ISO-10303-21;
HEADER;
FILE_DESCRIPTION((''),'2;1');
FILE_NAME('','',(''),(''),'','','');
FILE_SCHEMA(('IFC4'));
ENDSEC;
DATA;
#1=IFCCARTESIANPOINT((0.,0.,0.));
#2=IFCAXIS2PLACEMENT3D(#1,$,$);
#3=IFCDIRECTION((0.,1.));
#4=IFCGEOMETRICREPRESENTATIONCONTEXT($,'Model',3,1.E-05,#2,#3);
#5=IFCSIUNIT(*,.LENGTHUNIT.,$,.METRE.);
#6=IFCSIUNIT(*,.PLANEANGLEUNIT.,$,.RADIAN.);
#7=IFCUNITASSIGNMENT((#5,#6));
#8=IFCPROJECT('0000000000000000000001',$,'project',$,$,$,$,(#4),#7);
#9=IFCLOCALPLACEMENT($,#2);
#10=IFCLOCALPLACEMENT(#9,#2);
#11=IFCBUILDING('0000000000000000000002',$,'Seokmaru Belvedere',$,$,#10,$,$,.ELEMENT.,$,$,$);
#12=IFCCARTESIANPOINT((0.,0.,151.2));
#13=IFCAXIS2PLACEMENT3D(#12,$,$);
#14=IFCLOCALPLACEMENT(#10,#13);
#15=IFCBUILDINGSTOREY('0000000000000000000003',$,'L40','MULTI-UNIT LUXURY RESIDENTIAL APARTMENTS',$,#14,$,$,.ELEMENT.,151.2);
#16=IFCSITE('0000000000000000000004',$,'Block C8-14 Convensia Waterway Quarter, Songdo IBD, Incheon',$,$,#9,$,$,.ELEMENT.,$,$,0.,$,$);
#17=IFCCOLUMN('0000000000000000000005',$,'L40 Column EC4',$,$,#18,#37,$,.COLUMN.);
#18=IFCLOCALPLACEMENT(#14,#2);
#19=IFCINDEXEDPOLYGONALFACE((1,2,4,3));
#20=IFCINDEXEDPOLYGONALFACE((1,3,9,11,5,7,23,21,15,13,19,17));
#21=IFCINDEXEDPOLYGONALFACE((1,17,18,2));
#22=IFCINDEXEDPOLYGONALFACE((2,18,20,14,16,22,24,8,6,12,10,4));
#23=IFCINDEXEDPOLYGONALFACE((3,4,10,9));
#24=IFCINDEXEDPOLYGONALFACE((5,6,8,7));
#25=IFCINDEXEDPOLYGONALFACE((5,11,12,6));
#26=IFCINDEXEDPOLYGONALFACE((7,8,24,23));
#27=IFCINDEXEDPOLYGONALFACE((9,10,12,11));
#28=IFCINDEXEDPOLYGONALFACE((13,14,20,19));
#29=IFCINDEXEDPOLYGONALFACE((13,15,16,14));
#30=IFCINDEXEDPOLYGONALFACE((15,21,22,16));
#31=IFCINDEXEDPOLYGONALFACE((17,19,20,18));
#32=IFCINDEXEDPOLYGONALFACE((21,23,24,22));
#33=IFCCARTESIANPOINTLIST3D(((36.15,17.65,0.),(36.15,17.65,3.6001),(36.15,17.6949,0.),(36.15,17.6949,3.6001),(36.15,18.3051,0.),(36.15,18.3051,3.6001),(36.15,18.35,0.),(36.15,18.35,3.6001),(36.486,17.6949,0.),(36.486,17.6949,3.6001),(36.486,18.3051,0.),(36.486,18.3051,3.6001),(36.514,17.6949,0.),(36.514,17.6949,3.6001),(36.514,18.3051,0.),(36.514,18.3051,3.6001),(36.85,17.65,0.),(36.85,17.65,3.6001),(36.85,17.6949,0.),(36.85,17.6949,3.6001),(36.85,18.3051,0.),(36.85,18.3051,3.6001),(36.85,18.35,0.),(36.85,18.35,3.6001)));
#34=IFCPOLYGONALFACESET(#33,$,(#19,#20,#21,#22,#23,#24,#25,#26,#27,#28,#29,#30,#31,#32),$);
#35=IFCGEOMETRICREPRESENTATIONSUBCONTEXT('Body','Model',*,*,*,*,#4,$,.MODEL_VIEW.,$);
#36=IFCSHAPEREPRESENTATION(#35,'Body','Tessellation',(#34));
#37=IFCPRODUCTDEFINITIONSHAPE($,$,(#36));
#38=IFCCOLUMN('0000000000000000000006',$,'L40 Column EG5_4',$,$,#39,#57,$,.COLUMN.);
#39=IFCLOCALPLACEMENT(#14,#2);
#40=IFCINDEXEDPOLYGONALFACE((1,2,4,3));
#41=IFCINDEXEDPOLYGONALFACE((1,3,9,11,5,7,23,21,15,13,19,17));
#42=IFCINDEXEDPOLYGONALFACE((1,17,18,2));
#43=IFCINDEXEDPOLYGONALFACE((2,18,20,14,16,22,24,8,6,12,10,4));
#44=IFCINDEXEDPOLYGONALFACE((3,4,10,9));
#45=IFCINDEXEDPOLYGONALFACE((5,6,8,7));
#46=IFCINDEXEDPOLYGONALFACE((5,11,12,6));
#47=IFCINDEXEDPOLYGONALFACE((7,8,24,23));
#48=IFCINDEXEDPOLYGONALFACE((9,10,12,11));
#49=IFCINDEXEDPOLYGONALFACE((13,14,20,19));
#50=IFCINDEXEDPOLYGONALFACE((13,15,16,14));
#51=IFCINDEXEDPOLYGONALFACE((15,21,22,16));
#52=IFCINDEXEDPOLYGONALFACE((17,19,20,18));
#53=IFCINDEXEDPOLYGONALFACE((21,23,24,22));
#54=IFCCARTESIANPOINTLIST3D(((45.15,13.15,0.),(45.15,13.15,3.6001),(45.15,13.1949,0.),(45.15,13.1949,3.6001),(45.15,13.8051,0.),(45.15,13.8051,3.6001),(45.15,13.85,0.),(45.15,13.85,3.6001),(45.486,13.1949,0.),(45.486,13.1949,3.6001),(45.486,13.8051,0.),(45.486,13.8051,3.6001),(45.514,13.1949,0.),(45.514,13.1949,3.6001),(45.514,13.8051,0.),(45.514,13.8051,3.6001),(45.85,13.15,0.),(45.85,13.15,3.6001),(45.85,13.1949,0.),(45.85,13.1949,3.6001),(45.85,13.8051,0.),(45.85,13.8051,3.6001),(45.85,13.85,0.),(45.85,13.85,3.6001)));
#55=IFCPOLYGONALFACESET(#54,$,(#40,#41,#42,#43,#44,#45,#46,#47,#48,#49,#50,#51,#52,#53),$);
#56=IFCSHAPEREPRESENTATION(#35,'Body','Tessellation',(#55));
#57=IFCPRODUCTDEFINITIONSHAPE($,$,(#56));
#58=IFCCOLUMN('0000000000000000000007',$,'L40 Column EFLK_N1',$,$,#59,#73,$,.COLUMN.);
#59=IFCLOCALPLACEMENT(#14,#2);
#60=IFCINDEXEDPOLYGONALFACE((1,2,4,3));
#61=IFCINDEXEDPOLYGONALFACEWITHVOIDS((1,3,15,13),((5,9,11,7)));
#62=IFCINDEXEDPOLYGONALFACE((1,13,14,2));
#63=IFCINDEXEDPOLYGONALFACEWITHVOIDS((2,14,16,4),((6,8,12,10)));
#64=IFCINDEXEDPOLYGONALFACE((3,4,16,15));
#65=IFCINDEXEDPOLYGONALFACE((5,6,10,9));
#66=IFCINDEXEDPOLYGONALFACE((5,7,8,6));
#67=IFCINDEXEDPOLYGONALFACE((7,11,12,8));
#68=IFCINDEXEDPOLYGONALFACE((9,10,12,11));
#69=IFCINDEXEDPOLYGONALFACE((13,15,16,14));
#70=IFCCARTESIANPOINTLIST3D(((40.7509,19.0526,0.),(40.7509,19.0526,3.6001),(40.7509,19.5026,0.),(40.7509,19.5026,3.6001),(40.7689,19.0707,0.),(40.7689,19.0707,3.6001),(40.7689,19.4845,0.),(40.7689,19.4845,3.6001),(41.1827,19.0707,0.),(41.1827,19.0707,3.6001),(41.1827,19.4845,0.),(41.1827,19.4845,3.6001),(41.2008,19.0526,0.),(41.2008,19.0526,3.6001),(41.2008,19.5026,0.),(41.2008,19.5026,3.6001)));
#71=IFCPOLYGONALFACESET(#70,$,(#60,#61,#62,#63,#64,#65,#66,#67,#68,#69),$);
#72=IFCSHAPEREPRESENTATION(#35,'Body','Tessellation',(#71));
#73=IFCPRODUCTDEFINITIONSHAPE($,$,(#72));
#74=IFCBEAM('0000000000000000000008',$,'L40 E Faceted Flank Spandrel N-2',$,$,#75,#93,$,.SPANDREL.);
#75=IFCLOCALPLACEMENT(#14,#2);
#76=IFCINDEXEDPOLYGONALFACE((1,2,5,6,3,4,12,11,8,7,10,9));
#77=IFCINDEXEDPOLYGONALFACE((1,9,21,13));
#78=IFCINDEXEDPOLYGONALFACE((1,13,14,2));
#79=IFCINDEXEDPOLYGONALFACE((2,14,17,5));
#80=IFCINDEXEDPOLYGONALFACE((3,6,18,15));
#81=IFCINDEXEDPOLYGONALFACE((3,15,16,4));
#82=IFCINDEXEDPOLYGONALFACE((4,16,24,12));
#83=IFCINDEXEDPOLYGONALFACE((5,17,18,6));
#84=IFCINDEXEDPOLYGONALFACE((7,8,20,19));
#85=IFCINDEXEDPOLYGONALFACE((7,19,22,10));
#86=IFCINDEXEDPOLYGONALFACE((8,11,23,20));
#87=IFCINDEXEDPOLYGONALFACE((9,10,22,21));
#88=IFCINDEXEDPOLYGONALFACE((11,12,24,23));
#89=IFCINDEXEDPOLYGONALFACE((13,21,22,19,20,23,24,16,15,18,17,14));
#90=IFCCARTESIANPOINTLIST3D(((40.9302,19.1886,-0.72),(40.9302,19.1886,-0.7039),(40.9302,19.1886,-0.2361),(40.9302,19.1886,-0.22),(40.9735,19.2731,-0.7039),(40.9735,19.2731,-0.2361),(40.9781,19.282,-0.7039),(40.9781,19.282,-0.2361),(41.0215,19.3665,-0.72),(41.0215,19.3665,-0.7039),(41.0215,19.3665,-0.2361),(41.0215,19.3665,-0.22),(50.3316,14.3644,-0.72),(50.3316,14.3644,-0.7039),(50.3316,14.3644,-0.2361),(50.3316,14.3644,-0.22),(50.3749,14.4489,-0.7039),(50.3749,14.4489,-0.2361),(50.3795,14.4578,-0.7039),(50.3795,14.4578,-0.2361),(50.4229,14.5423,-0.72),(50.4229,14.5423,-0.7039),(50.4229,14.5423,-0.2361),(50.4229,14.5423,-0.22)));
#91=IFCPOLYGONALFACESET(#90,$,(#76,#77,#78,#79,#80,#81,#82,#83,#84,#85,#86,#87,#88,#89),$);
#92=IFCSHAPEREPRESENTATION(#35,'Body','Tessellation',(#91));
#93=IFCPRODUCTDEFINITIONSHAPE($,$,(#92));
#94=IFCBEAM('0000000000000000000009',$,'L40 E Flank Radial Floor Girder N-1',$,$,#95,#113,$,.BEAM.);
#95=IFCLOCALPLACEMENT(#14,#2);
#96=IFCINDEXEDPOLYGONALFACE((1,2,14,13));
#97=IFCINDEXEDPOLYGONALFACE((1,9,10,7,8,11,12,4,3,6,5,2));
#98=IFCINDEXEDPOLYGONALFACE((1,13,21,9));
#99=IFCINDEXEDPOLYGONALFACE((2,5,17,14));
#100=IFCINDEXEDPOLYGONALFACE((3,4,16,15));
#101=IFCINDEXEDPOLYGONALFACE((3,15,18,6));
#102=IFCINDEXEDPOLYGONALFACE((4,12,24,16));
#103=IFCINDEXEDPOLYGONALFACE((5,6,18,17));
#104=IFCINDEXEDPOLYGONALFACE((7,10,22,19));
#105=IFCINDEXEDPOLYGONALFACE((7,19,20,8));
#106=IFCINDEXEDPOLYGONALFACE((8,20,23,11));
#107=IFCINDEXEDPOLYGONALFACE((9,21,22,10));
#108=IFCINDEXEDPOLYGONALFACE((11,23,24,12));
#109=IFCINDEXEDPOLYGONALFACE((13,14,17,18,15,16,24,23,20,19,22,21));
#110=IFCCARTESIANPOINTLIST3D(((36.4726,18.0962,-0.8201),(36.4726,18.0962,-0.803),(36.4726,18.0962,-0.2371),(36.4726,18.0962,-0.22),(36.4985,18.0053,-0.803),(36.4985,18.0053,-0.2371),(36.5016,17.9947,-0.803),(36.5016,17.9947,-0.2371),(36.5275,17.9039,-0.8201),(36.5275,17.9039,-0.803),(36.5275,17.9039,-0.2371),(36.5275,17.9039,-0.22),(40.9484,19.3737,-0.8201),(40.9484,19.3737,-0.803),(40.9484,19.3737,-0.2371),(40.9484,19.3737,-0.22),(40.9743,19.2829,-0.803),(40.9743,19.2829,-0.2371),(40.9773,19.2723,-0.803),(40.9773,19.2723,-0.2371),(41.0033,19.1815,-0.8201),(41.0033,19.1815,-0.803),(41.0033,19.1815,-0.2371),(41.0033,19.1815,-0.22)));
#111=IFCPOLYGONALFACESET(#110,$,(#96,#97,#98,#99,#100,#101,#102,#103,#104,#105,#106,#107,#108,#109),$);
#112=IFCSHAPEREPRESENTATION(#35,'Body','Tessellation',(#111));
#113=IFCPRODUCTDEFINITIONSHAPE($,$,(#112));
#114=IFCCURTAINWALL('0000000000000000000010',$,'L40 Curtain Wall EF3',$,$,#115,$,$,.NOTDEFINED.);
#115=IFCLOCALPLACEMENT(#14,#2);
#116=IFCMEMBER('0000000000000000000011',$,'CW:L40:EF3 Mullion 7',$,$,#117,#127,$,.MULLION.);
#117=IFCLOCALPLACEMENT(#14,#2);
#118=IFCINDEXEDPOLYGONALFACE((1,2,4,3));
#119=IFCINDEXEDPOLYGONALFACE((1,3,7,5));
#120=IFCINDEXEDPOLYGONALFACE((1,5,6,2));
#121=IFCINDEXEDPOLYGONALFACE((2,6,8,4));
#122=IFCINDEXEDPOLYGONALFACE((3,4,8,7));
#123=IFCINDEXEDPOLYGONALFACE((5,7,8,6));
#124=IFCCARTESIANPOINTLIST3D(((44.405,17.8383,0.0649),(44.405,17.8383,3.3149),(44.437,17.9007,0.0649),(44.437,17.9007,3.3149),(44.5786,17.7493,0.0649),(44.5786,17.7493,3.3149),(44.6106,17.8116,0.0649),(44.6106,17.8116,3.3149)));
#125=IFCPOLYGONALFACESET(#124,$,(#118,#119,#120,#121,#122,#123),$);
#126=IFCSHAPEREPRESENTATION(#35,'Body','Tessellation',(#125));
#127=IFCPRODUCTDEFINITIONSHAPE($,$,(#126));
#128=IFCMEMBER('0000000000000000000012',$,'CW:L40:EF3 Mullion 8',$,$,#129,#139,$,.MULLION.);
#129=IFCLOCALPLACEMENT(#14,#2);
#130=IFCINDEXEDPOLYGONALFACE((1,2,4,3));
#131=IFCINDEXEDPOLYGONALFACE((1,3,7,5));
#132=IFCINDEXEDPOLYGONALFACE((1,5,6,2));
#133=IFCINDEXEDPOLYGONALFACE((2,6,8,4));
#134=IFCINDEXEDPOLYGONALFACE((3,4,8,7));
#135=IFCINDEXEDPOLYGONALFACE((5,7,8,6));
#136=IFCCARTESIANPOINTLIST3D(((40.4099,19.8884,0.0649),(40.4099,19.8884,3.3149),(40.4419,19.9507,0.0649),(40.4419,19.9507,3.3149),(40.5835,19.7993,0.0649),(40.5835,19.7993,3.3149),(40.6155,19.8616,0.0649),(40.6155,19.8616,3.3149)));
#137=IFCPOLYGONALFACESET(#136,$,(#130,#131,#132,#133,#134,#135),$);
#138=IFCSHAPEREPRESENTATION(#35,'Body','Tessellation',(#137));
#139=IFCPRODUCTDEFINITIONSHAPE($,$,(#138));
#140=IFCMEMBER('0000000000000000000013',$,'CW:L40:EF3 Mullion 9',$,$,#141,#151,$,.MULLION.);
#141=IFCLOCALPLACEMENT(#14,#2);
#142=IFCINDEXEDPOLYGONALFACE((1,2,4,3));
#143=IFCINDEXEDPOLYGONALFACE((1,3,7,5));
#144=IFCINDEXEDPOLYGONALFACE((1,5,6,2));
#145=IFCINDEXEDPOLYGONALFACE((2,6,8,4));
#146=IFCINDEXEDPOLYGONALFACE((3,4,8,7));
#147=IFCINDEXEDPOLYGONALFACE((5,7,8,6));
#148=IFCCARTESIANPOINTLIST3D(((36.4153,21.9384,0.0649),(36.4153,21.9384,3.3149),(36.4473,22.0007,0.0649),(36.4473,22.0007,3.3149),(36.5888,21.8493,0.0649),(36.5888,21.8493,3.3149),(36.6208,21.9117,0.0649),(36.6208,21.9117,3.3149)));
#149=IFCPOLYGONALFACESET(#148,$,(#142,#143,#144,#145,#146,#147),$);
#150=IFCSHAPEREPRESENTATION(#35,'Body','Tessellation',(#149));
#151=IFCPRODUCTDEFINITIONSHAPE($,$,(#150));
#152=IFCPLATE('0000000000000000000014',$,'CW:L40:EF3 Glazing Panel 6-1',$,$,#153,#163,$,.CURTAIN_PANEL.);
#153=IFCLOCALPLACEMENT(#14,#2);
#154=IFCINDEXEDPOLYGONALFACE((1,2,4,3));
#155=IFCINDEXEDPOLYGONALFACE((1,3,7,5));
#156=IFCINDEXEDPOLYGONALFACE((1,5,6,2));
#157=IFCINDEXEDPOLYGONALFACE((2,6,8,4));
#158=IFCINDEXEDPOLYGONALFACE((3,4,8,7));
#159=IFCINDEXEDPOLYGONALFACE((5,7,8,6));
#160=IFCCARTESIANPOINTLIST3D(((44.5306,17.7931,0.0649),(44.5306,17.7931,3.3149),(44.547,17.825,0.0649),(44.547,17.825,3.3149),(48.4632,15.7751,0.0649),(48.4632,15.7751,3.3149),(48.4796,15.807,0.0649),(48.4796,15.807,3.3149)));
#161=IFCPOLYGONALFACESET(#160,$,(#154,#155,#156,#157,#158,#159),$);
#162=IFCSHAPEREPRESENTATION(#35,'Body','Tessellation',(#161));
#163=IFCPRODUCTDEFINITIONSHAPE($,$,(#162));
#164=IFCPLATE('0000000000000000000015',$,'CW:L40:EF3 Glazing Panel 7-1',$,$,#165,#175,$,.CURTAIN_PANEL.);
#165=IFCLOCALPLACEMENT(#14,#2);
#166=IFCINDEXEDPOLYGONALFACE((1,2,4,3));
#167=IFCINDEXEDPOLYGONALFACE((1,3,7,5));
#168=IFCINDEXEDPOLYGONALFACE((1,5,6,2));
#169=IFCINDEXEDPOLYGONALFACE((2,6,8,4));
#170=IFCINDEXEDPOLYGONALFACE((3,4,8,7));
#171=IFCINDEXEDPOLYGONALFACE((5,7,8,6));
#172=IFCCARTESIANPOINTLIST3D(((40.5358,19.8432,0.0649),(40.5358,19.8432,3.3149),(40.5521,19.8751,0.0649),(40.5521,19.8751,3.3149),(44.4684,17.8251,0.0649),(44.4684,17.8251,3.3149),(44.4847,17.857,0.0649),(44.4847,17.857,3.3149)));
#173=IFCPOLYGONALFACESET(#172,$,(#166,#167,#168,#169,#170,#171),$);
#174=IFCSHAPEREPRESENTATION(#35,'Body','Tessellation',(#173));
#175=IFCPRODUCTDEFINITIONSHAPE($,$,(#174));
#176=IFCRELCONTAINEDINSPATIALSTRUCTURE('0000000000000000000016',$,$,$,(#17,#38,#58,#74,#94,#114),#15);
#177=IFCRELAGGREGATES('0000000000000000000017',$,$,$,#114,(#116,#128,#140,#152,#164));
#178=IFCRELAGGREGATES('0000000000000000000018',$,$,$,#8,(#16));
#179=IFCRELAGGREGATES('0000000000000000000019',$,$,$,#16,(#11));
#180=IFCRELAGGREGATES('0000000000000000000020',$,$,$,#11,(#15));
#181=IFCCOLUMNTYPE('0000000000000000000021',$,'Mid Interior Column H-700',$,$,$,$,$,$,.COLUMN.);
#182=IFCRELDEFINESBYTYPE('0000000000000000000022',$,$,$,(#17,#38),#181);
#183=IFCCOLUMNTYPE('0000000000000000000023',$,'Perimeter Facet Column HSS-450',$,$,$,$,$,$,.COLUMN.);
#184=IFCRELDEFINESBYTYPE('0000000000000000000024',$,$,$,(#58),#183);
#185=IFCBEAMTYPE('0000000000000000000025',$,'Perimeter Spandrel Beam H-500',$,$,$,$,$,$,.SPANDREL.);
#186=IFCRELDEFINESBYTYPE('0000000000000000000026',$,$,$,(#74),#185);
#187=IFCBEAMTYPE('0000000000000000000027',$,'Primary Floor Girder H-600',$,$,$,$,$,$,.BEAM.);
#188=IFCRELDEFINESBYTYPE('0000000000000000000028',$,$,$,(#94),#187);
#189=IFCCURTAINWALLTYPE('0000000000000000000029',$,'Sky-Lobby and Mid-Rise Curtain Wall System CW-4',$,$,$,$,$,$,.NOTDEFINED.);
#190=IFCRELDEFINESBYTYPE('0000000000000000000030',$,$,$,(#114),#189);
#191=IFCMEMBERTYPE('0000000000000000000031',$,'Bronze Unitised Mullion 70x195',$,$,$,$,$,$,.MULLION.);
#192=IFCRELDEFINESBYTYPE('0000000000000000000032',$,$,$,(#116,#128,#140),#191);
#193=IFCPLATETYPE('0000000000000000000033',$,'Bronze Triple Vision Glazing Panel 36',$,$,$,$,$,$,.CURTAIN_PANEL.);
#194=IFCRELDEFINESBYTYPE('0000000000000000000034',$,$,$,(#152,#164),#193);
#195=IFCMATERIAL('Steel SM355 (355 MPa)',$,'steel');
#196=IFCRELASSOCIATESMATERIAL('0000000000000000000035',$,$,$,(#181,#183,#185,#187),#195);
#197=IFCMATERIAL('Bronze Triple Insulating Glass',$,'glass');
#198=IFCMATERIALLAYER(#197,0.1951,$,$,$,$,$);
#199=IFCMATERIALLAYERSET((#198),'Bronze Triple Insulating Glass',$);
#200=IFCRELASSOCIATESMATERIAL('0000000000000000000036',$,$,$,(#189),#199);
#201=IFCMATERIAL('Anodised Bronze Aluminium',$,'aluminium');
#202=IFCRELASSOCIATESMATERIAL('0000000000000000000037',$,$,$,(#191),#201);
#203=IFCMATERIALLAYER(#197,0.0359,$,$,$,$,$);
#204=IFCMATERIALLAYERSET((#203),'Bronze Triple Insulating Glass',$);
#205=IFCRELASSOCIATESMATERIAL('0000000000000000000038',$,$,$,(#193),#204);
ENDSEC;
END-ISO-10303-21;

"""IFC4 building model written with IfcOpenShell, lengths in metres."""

from ifc_helpers import new_model, si_unit, direction, frame, origin, origin_2d, place, context, subcontext, project, spatial, rectangle, hollow_rectangle, i_section, extrude, source, transform, mapped, material, layer, layer_set, material_profile, profile_set, type_object, type_shapes, element, aggregate, save


model = new_model("IFC4")

# Units and contexts
model_context = context("Model", 3, precision=1e-05, world=origin(), true_north=direction((0.0, 1.0)))
body_context = subcontext(model_context, "Body", "Model", "MODEL_VIEW")
ifc_project = project(units=[si_unit("LENGTHUNIT", "METRE"), si_unit("PLANEANGLEUNIT", "RADIAN")], contexts=[model_context])

# Site, building, storey
site_placement = place(None, origin())
site = spatial("IfcSite", under=ifc_project, at=site_placement, Name="Block C8-14 Convensia Waterway Quarter, Songdo IBD, Incheon", CompositionType="ELEMENT", RefElevation=0.0)
building_placement = place(site_placement, origin())
building = spatial("IfcBuilding", under=site, at=building_placement, Name="Seokmaru Belvedere", CompositionType="ELEMENT")
storey_placement = place(building_placement, frame((0.0, 0.0, 151.2)))
storey = spatial("IfcBuildingStorey", under=building, at=storey_placement, Name="L40", Description="MULTI-UNIT LUXURY RESIDENTIAL APARTMENTS", CompositionType="ELEMENT", Elevation=151.2)

# Columns
ifc_material_1 = material(Name="Steel SM355 (355 MPa)", Category="steel")
ifc_material_profile_1 = material_profile(ifc_material_1, i_section(OverallWidth=0.7, OverallDepth=0.7, WebThickness=0.0281, FlangeThickness=0.0449, at=origin_2d()), Name="H-700x700x28x45")
ifc_profile_set_1 = profile_set([ifc_material_profile_1], Name="Steel SM355 (355 MPa)")
column_type_1 = type_object("IfcColumnType", Name="Mid Interior Column H-700", PredefinedType="COLUMN", material=ifc_profile_set_1)
shared_shape_1 = source(origin(), body_context, "Body", "SweptSolid", [
    extrude(i_section(OverallWidth=0.7, OverallDepth=0.7, WebThickness=0.0281, FlangeThickness=0.0449, at=origin_2d()), origin(), (0.0, 0.0, 1.0), 3.6001),
])
type_shapes(column_type_1, [shared_shape_1])
for number, where, z_axis, x_axis, name in (
    (1, (36.5, 18.0, 0.0), (0.0, 0.0, 1.0), (1.0, 0.0, 0.0), "L40 Column EC4"),
    (2, (45.5, 13.5, 0.0), (0.0, 0.0, 1.0), (1.0, 0.0, 0.0), "L40 Column EG5_4"),
):
    element("IfcColumn", number, at=place(storey_placement, frame(where, z_axis=z_axis, x_axis=x_axis)), inside=storey, type_object=column_type_1, Name=name, PredefinedType="COLUMN", context=body_context, shape_type="MappedRepresentation", body=[
        mapped(shared_shape_1, transform((0.0, 0.0, 0.0), scale=1.0)),
    ])
ifc_material_profile_2 = material_profile(ifc_material_1, hollow_rectangle(XDim=0.45, YDim=0.45, WallThickness=0.0181, at=origin_2d()), Name="HSS-450x450x18")
ifc_profile_set_2 = profile_set([ifc_material_profile_2], Name="Steel SM355 (355 MPa)")
column_type_2 = type_object("IfcColumnType", Name="Perimeter Facet Column HSS-450", PredefinedType="COLUMN", material=ifc_profile_set_2)
shared_shape_2 = source(origin(), body_context, "Body", "SweptSolid", [
    extrude(hollow_rectangle(XDim=0.45, YDim=0.45, WallThickness=0.0181, at=origin_2d()), origin(), (0.0, 0.0, 1.0), 3.6001),
])
type_shapes(column_type_2, [shared_shape_2])
column_placement = place(storey_placement, frame((40.9758, 19.2776, 0.0), z_axis=(0.0, 0.0, 1.0), x_axis=(1.0, 0.0, 0.0)))
element("IfcColumn", 3, at=column_placement, inside=storey, type_object=column_type_2, Name="L40 Column EFLK_N1", PredefinedType="COLUMN", context=body_context, shape_type="MappedRepresentation", body=[
    mapped(shared_shape_2, transform((0.0, 0.0, 0.0), scale=1.0)),
])

# Beams
ifc_material_profile_3 = material_profile(ifc_material_1, i_section(OverallWidth=0.2, OverallDepth=0.5, WebThickness=0.01, FlangeThickness=0.0161, at=origin_2d()), Name="H-500x200x10x16")
ifc_profile_set_3 = profile_set([ifc_material_profile_3], Name="Steel SM355 (355 MPa)")
beam_type_1 = type_object("IfcBeamType", Name="Perimeter Spandrel Beam H-500", PredefinedType="SPANDREL", material=ifc_profile_set_3)
shared_shape_3 = source(origin(), body_context, "Body", "SweptSolid", [
    extrude(i_section(OverallWidth=0.2, OverallDepth=0.5, WebThickness=0.01, FlangeThickness=0.0161, at=origin_2d()), origin(), (0.0, 0.0, 1.0), 10.5669),
])
type_shapes(beam_type_1, [shared_shape_3])
beam_1_placement = place(storey_placement, frame((40.9758, 19.2776, -0.47), z_axis=(0.889702, -0.456542, 0.0), x_axis=(0.456542, 0.889702, 0.0)))
element("IfcBeam", 4, at=beam_1_placement, inside=storey, type_object=beam_type_1, Name="L40 E Faceted Flank Spandrel N-2", PredefinedType="SPANDREL", context=body_context, shape_type="MappedRepresentation", body=[
    mapped(shared_shape_3, transform((0.0, 0.0, 0.0), scale=1.0)),
])
ifc_material_profile_4 = material_profile(ifc_material_1, i_section(OverallWidth=0.2, OverallDepth=0.6001, WebThickness=0.011, FlangeThickness=0.0171, at=origin_2d()), Name="H-600x200x11x17")
ifc_profile_set_4 = profile_set([ifc_material_profile_4], Name="Steel SM355 (355 MPa)")
beam_type_2 = type_object("IfcBeamType", Name="Primary Floor Girder H-600", PredefinedType="BEAM", material=ifc_profile_set_4)
shared_shape_4 = source(origin(), body_context, "Body", "SweptSolid", [
    extrude(i_section(OverallWidth=0.2, OverallDepth=0.6001, WebThickness=0.011, FlangeThickness=0.0171, at=origin_2d()), origin(), (0.0, 0.0, 1.0), 4.6545),
])
type_shapes(beam_type_2, [shared_shape_4])
beam_2_placement = place(storey_placement, frame((40.9758, 19.2776, -0.52), z_axis=(-0.961593, -0.274479, 0.0), x_axis=(0.274479, -0.961593, 0.0)))
element("IfcBeam", 5, at=beam_2_placement, inside=storey, type_object=beam_type_2, Name="L40 E Flank Radial Floor Girder N-1", PredefinedType="BEAM", context=body_context, shape_type="MappedRepresentation", body=[
    mapped(shared_shape_4, transform((0.0, 0.0, 0.0), scale=1.0)),
])

# Curtain wall, members, plates
ifc_material_2 = material(Name="Bronze Triple Insulating Glass", Category="glass")
ifc_layer_1 = layer(ifc_material_2, 0.1951)
ifc_layer_set_1 = layer_set([ifc_layer_1], Name="Bronze Triple Insulating Glass")
curtain_wall_type = type_object("IfcCurtainWallType", Name="Sky-Lobby and Mid-Rise Curtain Wall System CW-4", PredefinedType="NOTDEFINED", material=ifc_layer_set_1)
curtain_wall_placement = place(storey_placement, origin())
curtain_wall = element("IfcCurtainWall", 6, at=curtain_wall_placement, inside=storey, type_object=curtain_wall_type, Name="L40 Curtain Wall EF3", PredefinedType="NOTDEFINED")
ifc_material_3 = material(Name="Anodised Bronze Aluminium", Category="aluminium")
ifc_material_profile_5 = material_profile(ifc_material_3, rectangle(XDim=0.0701, YDim=0.1951, at=origin_2d()), Name="CW-M-70x195")
ifc_profile_set_5 = profile_set([ifc_material_profile_5], Name="Anodised Bronze Aluminium")
member_type = type_object("IfcMemberType", Name="Bronze Unitised Mullion 70x195", PredefinedType="MULLION", material=ifc_profile_set_5)
shared_shape_5 = source(origin(), body_context, "Body", "SweptSolid", [
    extrude(rectangle(XDim=0.0701, YDim=0.1951, at=origin_2d()), origin(), (0.0, 0.0, 1.0), 3.25),
])
type_shapes(member_type, [shared_shape_5])
member_1_placement = place(storey_placement, frame((44.5078, 17.825, 0.0649), z_axis=(0.0, 0.0, 1.0), x_axis=(-0.456555, -0.889695, 0.0)))
member_1 = element("IfcMember", 7, at=member_1_placement, type_object=member_type, Name="CW:L40:EF3 Mullion 7", PredefinedType="MULLION", context=body_context, shape_type="MappedRepresentation", body=[
    mapped(shared_shape_5, transform((0.0, 0.0, 0.0), scale=1.0)),
])
member_2_placement = place(storey_placement, frame((40.5127, 19.875, 0.0649), z_axis=(0.0, 0.0, 1.0), x_axis=(-0.456555, -0.889695, 0.0)))
member_2 = element("IfcMember", 8, at=member_2_placement, type_object=member_type, Name="CW:L40:EF3 Mullion 8", PredefinedType="MULLION", context=body_context, shape_type="MappedRepresentation", body=[
    mapped(shared_shape_5, transform((0.0, 0.0, 0.0), scale=1.0)),
])
member_3_placement = place(storey_placement, frame((36.5181, 21.925, 0.0649), z_axis=(0.0, 0.0, 1.0), x_axis=(-0.456555, -0.889695, 0.0)))
member_3 = element("IfcMember", 9, at=member_3_placement, type_object=member_type, Name="CW:L40:EF3 Mullion 9", PredefinedType="MULLION", context=body_context, shape_type="MappedRepresentation", body=[
    mapped(shared_shape_5, transform((0.0, 0.0, 0.0), scale=1.0)),
])
ifc_layer_2 = layer(ifc_material_2, 0.0359)
ifc_layer_set_2 = layer_set([ifc_layer_2], Name="Bronze Triple Insulating Glass")
plate_type = type_object("IfcPlateType", Name="Bronze Triple Vision Glazing Panel 36", PredefinedType="CURTAIN_PANEL", material=ifc_layer_set_2)
shared_shape_6 = source(origin(), body_context, "Body", "SweptSolid", [
    extrude(rectangle(XDim=4.4202, YDim=0.0359, at=origin_2d()), origin(), (0.0, 0.0, 1.0), 3.25),
])
type_shapes(plate_type, [shared_shape_6])
plate_1_placement = place(storey_placement, frame((46.5051, 16.8, 0.0649), z_axis=(0.0, 0.0, 1.0), x_axis=(-0.889695, 0.456555, 0.0)))
plate_1 = element("IfcPlate", 10, at=plate_1_placement, type_object=plate_type, Name="CW:L40:EF3 Glazing Panel 6-1", PredefinedType="CURTAIN_PANEL", context=body_context, shape_type="MappedRepresentation", body=[
    mapped(shared_shape_6, transform((0.0, 0.0, 0.0), scale=1.0)),
])
plate_2_placement = place(storey_placement, frame((42.5103, 18.8501, 0.0649), z_axis=(0.0, 0.0, 1.0), x_axis=(-0.889695, 0.456555, 0.0)))
plate_2 = element("IfcPlate", 11, at=plate_2_placement, type_object=plate_type, Name="CW:L40:EF3 Glazing Panel 7-1", PredefinedType="CURTAIN_PANEL", context=body_context, shape_type="MappedRepresentation", body=[
    mapped(shared_shape_6, transform((0.0, 0.0, 0.0), scale=1.0)),
])
aggregate(curtain_wall, [member_1, member_2, member_3, plate_1, plate_2])

save(model, "model.ifc")
